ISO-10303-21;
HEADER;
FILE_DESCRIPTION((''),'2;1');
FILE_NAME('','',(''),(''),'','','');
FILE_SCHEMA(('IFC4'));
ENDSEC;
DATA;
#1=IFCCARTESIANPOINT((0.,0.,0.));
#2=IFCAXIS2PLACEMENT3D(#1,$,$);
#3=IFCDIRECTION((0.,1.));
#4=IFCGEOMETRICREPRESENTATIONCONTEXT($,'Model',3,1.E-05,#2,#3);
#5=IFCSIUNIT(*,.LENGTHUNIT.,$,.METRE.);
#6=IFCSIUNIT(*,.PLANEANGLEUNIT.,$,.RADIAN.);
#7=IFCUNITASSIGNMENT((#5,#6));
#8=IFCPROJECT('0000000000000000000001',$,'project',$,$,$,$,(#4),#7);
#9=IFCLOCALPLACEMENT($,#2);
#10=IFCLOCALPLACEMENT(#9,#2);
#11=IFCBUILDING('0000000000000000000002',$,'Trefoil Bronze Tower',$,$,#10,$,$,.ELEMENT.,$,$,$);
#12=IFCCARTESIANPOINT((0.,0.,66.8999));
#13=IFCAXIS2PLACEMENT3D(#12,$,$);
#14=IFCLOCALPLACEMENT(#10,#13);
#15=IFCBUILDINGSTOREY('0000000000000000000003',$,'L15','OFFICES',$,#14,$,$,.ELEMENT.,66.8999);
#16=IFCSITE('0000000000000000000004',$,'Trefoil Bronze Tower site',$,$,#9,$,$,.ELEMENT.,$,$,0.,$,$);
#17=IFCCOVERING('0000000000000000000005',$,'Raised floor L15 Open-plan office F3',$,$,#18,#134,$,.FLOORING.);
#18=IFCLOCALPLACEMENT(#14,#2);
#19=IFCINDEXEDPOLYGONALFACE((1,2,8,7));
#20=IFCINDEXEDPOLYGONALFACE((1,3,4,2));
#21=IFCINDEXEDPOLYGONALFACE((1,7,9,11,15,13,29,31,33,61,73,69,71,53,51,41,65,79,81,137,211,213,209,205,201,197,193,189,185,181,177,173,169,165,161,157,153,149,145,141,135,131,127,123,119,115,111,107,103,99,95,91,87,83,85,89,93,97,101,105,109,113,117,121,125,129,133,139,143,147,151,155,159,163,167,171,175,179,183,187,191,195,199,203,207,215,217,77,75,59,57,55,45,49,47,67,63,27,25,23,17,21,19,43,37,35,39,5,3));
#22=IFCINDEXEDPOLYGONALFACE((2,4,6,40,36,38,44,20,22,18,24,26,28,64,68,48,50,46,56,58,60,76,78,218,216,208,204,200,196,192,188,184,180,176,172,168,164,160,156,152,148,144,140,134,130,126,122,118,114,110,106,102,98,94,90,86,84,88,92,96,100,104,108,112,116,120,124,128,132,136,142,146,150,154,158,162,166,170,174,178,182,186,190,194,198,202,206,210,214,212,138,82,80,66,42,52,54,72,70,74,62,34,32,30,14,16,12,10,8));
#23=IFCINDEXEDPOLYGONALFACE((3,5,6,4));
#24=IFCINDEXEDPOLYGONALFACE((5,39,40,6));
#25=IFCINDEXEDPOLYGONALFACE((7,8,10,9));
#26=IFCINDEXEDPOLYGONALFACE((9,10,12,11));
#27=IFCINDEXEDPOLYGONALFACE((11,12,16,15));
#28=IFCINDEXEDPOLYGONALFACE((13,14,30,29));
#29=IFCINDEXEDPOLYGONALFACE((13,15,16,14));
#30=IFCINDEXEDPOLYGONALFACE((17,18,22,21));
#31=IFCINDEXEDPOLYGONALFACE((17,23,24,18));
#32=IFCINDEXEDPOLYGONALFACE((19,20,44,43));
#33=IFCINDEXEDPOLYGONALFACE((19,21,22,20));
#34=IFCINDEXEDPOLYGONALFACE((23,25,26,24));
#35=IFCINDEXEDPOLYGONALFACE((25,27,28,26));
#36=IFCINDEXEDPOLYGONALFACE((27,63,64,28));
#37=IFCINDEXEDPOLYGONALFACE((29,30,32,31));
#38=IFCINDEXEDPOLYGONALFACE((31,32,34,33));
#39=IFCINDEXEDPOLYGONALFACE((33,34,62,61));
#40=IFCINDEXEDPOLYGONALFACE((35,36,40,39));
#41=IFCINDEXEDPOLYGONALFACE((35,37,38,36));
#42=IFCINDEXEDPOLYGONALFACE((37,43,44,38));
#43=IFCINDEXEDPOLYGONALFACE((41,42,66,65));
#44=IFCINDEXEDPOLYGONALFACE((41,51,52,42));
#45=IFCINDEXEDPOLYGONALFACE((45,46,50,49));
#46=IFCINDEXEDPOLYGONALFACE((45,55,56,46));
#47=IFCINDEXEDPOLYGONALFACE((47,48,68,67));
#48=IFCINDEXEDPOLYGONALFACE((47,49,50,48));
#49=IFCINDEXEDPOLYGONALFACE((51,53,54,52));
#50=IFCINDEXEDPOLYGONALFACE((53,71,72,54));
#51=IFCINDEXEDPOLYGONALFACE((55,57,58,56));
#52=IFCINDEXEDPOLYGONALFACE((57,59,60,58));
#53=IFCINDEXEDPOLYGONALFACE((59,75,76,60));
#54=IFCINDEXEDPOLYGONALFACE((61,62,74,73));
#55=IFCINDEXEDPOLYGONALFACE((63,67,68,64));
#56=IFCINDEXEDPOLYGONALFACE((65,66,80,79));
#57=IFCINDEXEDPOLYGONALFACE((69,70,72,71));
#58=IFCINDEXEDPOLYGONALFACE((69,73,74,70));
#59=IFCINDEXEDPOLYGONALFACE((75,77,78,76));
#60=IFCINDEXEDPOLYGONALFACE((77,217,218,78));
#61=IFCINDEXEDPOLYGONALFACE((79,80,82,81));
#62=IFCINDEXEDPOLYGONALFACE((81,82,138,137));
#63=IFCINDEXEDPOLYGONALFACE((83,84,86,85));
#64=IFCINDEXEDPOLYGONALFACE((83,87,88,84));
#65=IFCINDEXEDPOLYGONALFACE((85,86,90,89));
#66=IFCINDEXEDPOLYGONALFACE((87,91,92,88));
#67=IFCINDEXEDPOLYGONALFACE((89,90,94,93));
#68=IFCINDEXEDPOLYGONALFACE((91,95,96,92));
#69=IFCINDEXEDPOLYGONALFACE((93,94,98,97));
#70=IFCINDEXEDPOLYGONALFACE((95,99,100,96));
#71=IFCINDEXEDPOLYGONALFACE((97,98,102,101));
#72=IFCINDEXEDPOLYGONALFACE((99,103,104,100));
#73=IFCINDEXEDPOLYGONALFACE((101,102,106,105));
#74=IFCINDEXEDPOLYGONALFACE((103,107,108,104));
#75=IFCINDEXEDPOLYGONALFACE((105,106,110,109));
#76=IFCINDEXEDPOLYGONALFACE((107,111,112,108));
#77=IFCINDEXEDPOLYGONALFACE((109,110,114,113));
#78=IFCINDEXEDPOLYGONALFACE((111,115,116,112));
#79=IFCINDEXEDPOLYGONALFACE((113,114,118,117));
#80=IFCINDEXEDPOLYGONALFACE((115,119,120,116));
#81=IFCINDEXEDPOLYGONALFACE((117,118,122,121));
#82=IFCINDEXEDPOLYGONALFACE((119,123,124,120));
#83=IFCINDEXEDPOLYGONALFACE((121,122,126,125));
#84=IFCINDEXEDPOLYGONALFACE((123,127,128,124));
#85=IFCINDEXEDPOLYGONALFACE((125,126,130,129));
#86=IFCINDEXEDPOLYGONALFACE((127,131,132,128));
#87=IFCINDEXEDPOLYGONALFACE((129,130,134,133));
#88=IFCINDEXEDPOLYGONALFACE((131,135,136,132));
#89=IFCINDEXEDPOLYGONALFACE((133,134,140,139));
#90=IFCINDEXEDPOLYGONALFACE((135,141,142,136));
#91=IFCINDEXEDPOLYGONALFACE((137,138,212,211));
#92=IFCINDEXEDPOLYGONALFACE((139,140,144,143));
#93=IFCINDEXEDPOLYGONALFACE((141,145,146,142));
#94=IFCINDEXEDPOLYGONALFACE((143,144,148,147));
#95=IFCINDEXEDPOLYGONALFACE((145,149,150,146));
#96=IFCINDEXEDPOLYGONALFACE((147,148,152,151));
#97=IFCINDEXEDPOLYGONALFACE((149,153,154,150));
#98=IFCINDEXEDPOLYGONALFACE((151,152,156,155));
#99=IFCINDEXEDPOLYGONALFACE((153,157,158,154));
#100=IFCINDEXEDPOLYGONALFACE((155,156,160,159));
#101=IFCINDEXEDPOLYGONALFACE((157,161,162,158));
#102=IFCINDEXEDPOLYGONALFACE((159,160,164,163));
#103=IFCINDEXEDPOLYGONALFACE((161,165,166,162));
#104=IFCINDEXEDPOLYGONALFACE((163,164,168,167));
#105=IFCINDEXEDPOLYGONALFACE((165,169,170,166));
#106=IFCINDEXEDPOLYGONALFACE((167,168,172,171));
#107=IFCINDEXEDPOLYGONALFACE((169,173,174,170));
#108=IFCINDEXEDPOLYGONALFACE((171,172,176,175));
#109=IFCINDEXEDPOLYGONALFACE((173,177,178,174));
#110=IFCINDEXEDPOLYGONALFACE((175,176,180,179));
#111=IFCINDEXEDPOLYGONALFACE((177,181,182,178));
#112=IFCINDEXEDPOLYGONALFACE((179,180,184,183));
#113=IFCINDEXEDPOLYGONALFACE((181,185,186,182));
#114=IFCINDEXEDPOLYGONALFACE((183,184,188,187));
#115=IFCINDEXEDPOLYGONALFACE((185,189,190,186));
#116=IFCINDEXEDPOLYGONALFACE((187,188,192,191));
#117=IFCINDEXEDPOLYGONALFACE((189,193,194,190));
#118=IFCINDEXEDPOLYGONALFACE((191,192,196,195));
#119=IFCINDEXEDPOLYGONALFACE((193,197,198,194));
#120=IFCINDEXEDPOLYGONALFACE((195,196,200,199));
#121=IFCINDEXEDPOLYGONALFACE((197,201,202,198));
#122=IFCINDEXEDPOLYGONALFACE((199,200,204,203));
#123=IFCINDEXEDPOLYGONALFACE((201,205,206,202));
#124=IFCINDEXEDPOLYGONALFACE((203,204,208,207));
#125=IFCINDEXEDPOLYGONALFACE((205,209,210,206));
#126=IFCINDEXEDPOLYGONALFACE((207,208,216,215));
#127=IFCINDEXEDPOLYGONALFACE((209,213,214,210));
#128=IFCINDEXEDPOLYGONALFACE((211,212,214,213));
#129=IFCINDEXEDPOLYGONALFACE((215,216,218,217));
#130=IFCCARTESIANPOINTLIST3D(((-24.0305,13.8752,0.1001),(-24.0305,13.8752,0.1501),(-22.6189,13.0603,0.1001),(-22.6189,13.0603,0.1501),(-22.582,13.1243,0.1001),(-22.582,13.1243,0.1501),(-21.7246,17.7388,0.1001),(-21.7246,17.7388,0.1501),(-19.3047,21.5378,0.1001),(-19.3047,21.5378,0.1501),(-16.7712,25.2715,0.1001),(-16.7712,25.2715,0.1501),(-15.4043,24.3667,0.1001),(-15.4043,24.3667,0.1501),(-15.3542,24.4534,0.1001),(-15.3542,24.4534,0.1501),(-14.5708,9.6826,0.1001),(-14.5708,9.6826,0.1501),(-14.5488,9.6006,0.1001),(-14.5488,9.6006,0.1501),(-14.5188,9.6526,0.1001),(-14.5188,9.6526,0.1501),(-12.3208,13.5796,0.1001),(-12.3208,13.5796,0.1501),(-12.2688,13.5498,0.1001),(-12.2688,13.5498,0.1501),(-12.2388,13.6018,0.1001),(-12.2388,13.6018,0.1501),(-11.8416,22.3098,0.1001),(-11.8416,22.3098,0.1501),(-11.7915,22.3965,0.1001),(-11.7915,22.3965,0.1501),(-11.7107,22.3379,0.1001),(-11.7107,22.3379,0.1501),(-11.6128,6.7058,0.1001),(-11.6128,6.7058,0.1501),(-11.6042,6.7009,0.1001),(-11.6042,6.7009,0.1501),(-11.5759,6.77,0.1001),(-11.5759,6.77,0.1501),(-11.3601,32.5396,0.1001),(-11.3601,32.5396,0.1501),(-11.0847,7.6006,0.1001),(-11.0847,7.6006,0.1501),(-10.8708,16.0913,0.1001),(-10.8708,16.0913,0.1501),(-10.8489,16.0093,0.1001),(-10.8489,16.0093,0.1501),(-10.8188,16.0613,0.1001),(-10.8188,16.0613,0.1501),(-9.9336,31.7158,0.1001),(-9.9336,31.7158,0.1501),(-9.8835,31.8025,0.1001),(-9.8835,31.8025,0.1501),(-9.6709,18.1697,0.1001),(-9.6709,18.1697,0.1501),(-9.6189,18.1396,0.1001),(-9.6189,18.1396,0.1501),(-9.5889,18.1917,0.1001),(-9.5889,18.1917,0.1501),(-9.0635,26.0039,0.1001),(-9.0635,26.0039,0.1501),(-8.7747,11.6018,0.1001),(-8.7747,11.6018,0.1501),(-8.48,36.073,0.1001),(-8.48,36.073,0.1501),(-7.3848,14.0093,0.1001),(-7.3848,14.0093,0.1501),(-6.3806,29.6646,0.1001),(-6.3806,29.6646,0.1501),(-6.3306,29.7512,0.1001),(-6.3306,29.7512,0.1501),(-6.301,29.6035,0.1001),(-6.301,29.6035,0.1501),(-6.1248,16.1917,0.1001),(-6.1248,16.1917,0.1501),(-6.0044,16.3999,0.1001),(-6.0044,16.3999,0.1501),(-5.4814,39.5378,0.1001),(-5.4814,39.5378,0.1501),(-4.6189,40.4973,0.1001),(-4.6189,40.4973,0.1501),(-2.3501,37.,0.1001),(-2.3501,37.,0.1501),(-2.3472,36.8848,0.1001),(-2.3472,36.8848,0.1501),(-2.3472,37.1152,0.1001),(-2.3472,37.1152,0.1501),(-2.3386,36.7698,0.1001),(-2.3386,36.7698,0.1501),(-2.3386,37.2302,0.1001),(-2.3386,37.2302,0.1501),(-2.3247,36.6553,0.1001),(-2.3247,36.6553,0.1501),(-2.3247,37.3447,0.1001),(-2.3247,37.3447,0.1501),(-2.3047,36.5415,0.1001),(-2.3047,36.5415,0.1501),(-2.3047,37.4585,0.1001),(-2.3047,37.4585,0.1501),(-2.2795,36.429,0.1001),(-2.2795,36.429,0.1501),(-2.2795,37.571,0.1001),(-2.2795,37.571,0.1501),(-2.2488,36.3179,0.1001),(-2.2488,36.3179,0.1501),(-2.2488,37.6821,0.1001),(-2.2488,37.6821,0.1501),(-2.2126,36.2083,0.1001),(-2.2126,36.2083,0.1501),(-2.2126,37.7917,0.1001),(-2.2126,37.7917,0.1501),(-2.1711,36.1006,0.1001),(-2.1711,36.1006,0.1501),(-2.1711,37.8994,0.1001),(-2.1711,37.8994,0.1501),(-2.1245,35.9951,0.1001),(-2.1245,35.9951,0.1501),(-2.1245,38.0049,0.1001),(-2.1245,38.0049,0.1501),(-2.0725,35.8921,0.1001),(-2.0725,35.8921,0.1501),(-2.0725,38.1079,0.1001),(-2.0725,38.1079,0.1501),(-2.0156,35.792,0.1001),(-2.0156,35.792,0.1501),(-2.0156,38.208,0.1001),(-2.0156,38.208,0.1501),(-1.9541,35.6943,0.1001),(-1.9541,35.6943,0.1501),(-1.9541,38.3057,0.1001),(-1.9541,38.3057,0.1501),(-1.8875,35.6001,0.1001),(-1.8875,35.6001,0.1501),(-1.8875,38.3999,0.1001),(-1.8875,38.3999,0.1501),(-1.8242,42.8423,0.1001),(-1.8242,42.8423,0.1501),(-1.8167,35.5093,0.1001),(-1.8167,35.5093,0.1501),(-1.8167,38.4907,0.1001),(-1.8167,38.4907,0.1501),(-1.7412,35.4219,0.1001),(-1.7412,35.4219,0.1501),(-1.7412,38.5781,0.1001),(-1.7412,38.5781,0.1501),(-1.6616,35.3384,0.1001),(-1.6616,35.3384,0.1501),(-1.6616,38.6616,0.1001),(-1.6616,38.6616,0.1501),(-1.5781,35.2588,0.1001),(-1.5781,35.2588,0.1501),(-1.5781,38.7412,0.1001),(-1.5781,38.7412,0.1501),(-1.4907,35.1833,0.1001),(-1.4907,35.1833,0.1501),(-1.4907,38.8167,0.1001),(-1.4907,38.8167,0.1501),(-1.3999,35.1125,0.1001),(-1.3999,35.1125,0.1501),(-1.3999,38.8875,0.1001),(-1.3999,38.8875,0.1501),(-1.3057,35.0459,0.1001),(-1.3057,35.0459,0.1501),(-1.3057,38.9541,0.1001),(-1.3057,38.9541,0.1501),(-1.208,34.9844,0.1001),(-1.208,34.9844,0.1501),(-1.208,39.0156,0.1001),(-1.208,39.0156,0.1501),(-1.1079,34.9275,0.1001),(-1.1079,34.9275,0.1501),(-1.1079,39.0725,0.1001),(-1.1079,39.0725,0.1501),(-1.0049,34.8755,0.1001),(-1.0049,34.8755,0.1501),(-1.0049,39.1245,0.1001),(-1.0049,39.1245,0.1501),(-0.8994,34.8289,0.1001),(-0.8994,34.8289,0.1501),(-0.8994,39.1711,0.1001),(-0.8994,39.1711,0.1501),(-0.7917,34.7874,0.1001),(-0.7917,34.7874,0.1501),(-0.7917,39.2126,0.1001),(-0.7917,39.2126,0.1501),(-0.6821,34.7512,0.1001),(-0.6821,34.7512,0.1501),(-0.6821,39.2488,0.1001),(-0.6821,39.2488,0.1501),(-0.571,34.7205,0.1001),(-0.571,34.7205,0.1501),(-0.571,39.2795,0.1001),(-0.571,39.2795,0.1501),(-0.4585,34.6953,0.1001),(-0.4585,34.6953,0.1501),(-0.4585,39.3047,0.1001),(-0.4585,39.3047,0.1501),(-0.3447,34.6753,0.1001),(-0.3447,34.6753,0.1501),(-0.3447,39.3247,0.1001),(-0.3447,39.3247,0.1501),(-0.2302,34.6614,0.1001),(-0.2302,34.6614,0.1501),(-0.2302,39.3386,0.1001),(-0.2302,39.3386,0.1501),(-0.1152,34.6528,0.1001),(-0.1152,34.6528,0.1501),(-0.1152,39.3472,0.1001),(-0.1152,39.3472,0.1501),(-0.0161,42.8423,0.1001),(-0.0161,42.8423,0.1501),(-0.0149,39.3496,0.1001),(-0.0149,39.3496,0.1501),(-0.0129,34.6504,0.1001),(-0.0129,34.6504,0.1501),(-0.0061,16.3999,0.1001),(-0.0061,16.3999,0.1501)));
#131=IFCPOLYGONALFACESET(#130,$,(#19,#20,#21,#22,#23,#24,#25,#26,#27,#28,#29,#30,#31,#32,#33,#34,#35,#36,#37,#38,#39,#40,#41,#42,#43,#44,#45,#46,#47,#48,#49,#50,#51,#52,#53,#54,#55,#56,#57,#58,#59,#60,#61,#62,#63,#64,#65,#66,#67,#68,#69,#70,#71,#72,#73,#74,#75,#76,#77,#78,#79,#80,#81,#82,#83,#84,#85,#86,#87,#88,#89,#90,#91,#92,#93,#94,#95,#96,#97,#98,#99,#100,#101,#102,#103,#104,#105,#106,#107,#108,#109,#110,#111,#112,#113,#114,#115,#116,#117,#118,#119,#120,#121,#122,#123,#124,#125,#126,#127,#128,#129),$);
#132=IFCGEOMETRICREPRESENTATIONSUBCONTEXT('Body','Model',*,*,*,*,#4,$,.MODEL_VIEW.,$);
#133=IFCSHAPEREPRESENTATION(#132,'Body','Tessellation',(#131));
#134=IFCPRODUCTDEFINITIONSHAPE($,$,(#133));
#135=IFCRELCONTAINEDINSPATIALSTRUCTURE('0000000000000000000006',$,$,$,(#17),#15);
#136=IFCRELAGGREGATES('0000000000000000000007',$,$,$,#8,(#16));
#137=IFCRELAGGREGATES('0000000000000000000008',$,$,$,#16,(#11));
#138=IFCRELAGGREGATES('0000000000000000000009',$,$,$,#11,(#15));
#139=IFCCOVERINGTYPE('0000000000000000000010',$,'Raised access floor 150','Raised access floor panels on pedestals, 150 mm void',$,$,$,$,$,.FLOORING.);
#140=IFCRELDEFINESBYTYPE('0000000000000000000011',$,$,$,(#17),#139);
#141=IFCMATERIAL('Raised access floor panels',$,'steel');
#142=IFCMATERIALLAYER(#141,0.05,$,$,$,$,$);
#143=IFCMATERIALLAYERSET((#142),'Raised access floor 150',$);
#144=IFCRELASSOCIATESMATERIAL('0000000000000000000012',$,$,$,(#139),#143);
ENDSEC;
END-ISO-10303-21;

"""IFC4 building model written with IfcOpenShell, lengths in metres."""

from ifc_helpers import new_model, si_unit, direction, frame, origin, place, context, subcontext, project, spatial, polyline, outline, extrude, material, layer, layer_set, type_object, element, save


model = new_model("IFC4")

# Units and contexts
model_context = context("Model", 3, precision=1e-05, world=origin(), true_north=direction((0.0, 1.0)))
body_context = subcontext(model_context, "Body", "Model", "MODEL_VIEW")
ifc_project = project(units=[si_unit("LENGTHUNIT", "METRE"), si_unit("PLANEANGLEUNIT", "RADIAN")], contexts=[model_context])

# Site, building, storey
site_placement = place(None, origin())
site = spatial("IfcSite", under=ifc_project, at=site_placement, Name="Trefoil Bronze Tower site", CompositionType="ELEMENT", RefElevation=0.0)
building_placement = place(site_placement, origin())
building = spatial("IfcBuilding", under=site, at=building_placement, Name="Trefoil Bronze Tower", CompositionType="ELEMENT")
storey_placement = place(building_placement, frame((0.0, 0.0, 66.8999)))
storey = spatial("IfcBuildingStorey", under=building, at=storey_placement, Name="L15", Description="OFFICES", CompositionType="ELEMENT", Elevation=66.8999)

# Covering
ifc_material_1 = material(Name="Raised access floor panels", Category="steel")
ifc_layer_1 = layer(ifc_material_1, 0.05)
ifc_layer_set_1 = layer_set([ifc_layer_1], Name="Raised access floor 150")
covering_type_1 = type_object("IfcCoveringType", Name="Raised access floor 150", Description="Raised access floor panels on pedestals, 150 mm void", PredefinedType="FLOORING", material=ifc_layer_set_1)
covering_1_placement = place(storey_placement, frame((0.0, 0.0, 0.1001)))
element("IfcCovering", 1, at=covering_1_placement, inside=storey, type_object=covering_type_1, Name="Raised floor L15 Open-plan office F3", PredefinedType="FLOORING", context=body_context, shape_type="SweptSolid", body=[
    extrude(outline(polyline([(-24.0305, 13.8752), (-21.7246, 17.7388), (-19.3047, 21.5378), (-16.7712, 25.2715), (-15.3542, 24.4534), (-15.4043, 24.3667), (-11.8416, 22.3098), (-11.7915, 22.3965), (-11.7107, 22.3379), (-9.0635, 26.0039), (-6.301, 29.6035), (-6.3806, 29.6646), (-6.3306, 29.7512), (-9.8835, 31.8025), (-9.9336, 31.7158), (-11.3601, 32.5396), (-8.48, 36.073), (-5.4814, 39.5378), (-4.6189, 40.4973), (-1.8242, 42.8423), (-0.0161, 42.8423), (-0.0149, 39.3496), (-0.1152, 39.3472), (-0.2302, 39.3386), (-0.3447, 39.3247), (-0.4585, 39.3047), (-0.571, 39.2795), (-0.6821, 39.2488), (-0.7917, 39.2126), (-0.8994, 39.1711), (-1.0049, 39.1245), (-1.1079, 39.0725), (-1.208, 39.0156), (-1.3057, 38.9541), (-1.3999, 38.8875), (-1.4907, 38.8167), (-1.5781, 38.7412), (-1.6616, 38.6616), (-1.7412, 38.5781), (-1.8167, 38.4907), (-1.8875, 38.3999), (-1.9541, 38.3057), (-2.0156, 38.208), (-2.0725, 38.1079), (-2.1245, 38.0049), (-2.1711, 37.8994), (-2.2126, 37.7917), (-2.2488, 37.6821), (-2.2795, 37.571), (-2.3047, 37.4585), (-2.3247, 37.3447), (-2.3386, 37.2302), (-2.3472, 37.1152), (-2.3501, 37.0), (-2.3472, 36.8848), (-2.3386, 36.7698), (-2.3247, 36.6553), (-2.3047, 36.5415), (-2.2795, 36.429), (-2.2488, 36.3179), (-2.2126, 36.2083), (-2.1711, 36.1006), (-2.1245, 35.9951), (-2.0725, 35.8921), (-2.0156, 35.792), (-1.9541, 35.6943), (-1.8875, 35.6001), (-1.8167, 35.5093), (-1.7412, 35.4219), (-1.6616, 35.3384), (-1.5781, 35.2588), (-1.4907, 35.1833), (-1.3999, 35.1125), (-1.3057, 35.0459), (-1.208, 34.9844), (-1.1079, 34.9275), (-1.0049, 34.8755), (-0.8994, 34.8289), (-0.7917, 34.7874), (-0.6821, 34.7512), (-0.571, 34.7205), (-0.4585, 34.6953), (-0.3447, 34.6753), (-0.2302, 34.6614), (-0.1152, 34.6528), (-0.0129, 34.6504), (-0.0061, 16.3999), (-6.0044, 16.3999), (-6.1248, 16.1917), (-9.5889, 18.1917), (-9.6189, 18.1396), (-9.6709, 18.1697), (-10.8708, 16.0913), (-10.8188, 16.0613), (-10.8489, 16.0093), (-7.3848, 14.0093), (-8.7747, 11.6018), (-12.2388, 13.6018), (-12.2688, 13.5498), (-12.3208, 13.5796), (-14.5708, 9.6826), (-14.5188, 9.6526), (-14.5488, 9.6006), (-11.0847, 7.6006), (-11.6042, 6.7009), (-11.6128, 6.7058), (-11.5759, 6.77), (-22.582, 13.1243), (-22.6189, 13.0603), (-24.0305, 13.8752)])), origin(), (0.0, 0.0, 1.0), 0.05),
])

save(model, "model.ifc")
